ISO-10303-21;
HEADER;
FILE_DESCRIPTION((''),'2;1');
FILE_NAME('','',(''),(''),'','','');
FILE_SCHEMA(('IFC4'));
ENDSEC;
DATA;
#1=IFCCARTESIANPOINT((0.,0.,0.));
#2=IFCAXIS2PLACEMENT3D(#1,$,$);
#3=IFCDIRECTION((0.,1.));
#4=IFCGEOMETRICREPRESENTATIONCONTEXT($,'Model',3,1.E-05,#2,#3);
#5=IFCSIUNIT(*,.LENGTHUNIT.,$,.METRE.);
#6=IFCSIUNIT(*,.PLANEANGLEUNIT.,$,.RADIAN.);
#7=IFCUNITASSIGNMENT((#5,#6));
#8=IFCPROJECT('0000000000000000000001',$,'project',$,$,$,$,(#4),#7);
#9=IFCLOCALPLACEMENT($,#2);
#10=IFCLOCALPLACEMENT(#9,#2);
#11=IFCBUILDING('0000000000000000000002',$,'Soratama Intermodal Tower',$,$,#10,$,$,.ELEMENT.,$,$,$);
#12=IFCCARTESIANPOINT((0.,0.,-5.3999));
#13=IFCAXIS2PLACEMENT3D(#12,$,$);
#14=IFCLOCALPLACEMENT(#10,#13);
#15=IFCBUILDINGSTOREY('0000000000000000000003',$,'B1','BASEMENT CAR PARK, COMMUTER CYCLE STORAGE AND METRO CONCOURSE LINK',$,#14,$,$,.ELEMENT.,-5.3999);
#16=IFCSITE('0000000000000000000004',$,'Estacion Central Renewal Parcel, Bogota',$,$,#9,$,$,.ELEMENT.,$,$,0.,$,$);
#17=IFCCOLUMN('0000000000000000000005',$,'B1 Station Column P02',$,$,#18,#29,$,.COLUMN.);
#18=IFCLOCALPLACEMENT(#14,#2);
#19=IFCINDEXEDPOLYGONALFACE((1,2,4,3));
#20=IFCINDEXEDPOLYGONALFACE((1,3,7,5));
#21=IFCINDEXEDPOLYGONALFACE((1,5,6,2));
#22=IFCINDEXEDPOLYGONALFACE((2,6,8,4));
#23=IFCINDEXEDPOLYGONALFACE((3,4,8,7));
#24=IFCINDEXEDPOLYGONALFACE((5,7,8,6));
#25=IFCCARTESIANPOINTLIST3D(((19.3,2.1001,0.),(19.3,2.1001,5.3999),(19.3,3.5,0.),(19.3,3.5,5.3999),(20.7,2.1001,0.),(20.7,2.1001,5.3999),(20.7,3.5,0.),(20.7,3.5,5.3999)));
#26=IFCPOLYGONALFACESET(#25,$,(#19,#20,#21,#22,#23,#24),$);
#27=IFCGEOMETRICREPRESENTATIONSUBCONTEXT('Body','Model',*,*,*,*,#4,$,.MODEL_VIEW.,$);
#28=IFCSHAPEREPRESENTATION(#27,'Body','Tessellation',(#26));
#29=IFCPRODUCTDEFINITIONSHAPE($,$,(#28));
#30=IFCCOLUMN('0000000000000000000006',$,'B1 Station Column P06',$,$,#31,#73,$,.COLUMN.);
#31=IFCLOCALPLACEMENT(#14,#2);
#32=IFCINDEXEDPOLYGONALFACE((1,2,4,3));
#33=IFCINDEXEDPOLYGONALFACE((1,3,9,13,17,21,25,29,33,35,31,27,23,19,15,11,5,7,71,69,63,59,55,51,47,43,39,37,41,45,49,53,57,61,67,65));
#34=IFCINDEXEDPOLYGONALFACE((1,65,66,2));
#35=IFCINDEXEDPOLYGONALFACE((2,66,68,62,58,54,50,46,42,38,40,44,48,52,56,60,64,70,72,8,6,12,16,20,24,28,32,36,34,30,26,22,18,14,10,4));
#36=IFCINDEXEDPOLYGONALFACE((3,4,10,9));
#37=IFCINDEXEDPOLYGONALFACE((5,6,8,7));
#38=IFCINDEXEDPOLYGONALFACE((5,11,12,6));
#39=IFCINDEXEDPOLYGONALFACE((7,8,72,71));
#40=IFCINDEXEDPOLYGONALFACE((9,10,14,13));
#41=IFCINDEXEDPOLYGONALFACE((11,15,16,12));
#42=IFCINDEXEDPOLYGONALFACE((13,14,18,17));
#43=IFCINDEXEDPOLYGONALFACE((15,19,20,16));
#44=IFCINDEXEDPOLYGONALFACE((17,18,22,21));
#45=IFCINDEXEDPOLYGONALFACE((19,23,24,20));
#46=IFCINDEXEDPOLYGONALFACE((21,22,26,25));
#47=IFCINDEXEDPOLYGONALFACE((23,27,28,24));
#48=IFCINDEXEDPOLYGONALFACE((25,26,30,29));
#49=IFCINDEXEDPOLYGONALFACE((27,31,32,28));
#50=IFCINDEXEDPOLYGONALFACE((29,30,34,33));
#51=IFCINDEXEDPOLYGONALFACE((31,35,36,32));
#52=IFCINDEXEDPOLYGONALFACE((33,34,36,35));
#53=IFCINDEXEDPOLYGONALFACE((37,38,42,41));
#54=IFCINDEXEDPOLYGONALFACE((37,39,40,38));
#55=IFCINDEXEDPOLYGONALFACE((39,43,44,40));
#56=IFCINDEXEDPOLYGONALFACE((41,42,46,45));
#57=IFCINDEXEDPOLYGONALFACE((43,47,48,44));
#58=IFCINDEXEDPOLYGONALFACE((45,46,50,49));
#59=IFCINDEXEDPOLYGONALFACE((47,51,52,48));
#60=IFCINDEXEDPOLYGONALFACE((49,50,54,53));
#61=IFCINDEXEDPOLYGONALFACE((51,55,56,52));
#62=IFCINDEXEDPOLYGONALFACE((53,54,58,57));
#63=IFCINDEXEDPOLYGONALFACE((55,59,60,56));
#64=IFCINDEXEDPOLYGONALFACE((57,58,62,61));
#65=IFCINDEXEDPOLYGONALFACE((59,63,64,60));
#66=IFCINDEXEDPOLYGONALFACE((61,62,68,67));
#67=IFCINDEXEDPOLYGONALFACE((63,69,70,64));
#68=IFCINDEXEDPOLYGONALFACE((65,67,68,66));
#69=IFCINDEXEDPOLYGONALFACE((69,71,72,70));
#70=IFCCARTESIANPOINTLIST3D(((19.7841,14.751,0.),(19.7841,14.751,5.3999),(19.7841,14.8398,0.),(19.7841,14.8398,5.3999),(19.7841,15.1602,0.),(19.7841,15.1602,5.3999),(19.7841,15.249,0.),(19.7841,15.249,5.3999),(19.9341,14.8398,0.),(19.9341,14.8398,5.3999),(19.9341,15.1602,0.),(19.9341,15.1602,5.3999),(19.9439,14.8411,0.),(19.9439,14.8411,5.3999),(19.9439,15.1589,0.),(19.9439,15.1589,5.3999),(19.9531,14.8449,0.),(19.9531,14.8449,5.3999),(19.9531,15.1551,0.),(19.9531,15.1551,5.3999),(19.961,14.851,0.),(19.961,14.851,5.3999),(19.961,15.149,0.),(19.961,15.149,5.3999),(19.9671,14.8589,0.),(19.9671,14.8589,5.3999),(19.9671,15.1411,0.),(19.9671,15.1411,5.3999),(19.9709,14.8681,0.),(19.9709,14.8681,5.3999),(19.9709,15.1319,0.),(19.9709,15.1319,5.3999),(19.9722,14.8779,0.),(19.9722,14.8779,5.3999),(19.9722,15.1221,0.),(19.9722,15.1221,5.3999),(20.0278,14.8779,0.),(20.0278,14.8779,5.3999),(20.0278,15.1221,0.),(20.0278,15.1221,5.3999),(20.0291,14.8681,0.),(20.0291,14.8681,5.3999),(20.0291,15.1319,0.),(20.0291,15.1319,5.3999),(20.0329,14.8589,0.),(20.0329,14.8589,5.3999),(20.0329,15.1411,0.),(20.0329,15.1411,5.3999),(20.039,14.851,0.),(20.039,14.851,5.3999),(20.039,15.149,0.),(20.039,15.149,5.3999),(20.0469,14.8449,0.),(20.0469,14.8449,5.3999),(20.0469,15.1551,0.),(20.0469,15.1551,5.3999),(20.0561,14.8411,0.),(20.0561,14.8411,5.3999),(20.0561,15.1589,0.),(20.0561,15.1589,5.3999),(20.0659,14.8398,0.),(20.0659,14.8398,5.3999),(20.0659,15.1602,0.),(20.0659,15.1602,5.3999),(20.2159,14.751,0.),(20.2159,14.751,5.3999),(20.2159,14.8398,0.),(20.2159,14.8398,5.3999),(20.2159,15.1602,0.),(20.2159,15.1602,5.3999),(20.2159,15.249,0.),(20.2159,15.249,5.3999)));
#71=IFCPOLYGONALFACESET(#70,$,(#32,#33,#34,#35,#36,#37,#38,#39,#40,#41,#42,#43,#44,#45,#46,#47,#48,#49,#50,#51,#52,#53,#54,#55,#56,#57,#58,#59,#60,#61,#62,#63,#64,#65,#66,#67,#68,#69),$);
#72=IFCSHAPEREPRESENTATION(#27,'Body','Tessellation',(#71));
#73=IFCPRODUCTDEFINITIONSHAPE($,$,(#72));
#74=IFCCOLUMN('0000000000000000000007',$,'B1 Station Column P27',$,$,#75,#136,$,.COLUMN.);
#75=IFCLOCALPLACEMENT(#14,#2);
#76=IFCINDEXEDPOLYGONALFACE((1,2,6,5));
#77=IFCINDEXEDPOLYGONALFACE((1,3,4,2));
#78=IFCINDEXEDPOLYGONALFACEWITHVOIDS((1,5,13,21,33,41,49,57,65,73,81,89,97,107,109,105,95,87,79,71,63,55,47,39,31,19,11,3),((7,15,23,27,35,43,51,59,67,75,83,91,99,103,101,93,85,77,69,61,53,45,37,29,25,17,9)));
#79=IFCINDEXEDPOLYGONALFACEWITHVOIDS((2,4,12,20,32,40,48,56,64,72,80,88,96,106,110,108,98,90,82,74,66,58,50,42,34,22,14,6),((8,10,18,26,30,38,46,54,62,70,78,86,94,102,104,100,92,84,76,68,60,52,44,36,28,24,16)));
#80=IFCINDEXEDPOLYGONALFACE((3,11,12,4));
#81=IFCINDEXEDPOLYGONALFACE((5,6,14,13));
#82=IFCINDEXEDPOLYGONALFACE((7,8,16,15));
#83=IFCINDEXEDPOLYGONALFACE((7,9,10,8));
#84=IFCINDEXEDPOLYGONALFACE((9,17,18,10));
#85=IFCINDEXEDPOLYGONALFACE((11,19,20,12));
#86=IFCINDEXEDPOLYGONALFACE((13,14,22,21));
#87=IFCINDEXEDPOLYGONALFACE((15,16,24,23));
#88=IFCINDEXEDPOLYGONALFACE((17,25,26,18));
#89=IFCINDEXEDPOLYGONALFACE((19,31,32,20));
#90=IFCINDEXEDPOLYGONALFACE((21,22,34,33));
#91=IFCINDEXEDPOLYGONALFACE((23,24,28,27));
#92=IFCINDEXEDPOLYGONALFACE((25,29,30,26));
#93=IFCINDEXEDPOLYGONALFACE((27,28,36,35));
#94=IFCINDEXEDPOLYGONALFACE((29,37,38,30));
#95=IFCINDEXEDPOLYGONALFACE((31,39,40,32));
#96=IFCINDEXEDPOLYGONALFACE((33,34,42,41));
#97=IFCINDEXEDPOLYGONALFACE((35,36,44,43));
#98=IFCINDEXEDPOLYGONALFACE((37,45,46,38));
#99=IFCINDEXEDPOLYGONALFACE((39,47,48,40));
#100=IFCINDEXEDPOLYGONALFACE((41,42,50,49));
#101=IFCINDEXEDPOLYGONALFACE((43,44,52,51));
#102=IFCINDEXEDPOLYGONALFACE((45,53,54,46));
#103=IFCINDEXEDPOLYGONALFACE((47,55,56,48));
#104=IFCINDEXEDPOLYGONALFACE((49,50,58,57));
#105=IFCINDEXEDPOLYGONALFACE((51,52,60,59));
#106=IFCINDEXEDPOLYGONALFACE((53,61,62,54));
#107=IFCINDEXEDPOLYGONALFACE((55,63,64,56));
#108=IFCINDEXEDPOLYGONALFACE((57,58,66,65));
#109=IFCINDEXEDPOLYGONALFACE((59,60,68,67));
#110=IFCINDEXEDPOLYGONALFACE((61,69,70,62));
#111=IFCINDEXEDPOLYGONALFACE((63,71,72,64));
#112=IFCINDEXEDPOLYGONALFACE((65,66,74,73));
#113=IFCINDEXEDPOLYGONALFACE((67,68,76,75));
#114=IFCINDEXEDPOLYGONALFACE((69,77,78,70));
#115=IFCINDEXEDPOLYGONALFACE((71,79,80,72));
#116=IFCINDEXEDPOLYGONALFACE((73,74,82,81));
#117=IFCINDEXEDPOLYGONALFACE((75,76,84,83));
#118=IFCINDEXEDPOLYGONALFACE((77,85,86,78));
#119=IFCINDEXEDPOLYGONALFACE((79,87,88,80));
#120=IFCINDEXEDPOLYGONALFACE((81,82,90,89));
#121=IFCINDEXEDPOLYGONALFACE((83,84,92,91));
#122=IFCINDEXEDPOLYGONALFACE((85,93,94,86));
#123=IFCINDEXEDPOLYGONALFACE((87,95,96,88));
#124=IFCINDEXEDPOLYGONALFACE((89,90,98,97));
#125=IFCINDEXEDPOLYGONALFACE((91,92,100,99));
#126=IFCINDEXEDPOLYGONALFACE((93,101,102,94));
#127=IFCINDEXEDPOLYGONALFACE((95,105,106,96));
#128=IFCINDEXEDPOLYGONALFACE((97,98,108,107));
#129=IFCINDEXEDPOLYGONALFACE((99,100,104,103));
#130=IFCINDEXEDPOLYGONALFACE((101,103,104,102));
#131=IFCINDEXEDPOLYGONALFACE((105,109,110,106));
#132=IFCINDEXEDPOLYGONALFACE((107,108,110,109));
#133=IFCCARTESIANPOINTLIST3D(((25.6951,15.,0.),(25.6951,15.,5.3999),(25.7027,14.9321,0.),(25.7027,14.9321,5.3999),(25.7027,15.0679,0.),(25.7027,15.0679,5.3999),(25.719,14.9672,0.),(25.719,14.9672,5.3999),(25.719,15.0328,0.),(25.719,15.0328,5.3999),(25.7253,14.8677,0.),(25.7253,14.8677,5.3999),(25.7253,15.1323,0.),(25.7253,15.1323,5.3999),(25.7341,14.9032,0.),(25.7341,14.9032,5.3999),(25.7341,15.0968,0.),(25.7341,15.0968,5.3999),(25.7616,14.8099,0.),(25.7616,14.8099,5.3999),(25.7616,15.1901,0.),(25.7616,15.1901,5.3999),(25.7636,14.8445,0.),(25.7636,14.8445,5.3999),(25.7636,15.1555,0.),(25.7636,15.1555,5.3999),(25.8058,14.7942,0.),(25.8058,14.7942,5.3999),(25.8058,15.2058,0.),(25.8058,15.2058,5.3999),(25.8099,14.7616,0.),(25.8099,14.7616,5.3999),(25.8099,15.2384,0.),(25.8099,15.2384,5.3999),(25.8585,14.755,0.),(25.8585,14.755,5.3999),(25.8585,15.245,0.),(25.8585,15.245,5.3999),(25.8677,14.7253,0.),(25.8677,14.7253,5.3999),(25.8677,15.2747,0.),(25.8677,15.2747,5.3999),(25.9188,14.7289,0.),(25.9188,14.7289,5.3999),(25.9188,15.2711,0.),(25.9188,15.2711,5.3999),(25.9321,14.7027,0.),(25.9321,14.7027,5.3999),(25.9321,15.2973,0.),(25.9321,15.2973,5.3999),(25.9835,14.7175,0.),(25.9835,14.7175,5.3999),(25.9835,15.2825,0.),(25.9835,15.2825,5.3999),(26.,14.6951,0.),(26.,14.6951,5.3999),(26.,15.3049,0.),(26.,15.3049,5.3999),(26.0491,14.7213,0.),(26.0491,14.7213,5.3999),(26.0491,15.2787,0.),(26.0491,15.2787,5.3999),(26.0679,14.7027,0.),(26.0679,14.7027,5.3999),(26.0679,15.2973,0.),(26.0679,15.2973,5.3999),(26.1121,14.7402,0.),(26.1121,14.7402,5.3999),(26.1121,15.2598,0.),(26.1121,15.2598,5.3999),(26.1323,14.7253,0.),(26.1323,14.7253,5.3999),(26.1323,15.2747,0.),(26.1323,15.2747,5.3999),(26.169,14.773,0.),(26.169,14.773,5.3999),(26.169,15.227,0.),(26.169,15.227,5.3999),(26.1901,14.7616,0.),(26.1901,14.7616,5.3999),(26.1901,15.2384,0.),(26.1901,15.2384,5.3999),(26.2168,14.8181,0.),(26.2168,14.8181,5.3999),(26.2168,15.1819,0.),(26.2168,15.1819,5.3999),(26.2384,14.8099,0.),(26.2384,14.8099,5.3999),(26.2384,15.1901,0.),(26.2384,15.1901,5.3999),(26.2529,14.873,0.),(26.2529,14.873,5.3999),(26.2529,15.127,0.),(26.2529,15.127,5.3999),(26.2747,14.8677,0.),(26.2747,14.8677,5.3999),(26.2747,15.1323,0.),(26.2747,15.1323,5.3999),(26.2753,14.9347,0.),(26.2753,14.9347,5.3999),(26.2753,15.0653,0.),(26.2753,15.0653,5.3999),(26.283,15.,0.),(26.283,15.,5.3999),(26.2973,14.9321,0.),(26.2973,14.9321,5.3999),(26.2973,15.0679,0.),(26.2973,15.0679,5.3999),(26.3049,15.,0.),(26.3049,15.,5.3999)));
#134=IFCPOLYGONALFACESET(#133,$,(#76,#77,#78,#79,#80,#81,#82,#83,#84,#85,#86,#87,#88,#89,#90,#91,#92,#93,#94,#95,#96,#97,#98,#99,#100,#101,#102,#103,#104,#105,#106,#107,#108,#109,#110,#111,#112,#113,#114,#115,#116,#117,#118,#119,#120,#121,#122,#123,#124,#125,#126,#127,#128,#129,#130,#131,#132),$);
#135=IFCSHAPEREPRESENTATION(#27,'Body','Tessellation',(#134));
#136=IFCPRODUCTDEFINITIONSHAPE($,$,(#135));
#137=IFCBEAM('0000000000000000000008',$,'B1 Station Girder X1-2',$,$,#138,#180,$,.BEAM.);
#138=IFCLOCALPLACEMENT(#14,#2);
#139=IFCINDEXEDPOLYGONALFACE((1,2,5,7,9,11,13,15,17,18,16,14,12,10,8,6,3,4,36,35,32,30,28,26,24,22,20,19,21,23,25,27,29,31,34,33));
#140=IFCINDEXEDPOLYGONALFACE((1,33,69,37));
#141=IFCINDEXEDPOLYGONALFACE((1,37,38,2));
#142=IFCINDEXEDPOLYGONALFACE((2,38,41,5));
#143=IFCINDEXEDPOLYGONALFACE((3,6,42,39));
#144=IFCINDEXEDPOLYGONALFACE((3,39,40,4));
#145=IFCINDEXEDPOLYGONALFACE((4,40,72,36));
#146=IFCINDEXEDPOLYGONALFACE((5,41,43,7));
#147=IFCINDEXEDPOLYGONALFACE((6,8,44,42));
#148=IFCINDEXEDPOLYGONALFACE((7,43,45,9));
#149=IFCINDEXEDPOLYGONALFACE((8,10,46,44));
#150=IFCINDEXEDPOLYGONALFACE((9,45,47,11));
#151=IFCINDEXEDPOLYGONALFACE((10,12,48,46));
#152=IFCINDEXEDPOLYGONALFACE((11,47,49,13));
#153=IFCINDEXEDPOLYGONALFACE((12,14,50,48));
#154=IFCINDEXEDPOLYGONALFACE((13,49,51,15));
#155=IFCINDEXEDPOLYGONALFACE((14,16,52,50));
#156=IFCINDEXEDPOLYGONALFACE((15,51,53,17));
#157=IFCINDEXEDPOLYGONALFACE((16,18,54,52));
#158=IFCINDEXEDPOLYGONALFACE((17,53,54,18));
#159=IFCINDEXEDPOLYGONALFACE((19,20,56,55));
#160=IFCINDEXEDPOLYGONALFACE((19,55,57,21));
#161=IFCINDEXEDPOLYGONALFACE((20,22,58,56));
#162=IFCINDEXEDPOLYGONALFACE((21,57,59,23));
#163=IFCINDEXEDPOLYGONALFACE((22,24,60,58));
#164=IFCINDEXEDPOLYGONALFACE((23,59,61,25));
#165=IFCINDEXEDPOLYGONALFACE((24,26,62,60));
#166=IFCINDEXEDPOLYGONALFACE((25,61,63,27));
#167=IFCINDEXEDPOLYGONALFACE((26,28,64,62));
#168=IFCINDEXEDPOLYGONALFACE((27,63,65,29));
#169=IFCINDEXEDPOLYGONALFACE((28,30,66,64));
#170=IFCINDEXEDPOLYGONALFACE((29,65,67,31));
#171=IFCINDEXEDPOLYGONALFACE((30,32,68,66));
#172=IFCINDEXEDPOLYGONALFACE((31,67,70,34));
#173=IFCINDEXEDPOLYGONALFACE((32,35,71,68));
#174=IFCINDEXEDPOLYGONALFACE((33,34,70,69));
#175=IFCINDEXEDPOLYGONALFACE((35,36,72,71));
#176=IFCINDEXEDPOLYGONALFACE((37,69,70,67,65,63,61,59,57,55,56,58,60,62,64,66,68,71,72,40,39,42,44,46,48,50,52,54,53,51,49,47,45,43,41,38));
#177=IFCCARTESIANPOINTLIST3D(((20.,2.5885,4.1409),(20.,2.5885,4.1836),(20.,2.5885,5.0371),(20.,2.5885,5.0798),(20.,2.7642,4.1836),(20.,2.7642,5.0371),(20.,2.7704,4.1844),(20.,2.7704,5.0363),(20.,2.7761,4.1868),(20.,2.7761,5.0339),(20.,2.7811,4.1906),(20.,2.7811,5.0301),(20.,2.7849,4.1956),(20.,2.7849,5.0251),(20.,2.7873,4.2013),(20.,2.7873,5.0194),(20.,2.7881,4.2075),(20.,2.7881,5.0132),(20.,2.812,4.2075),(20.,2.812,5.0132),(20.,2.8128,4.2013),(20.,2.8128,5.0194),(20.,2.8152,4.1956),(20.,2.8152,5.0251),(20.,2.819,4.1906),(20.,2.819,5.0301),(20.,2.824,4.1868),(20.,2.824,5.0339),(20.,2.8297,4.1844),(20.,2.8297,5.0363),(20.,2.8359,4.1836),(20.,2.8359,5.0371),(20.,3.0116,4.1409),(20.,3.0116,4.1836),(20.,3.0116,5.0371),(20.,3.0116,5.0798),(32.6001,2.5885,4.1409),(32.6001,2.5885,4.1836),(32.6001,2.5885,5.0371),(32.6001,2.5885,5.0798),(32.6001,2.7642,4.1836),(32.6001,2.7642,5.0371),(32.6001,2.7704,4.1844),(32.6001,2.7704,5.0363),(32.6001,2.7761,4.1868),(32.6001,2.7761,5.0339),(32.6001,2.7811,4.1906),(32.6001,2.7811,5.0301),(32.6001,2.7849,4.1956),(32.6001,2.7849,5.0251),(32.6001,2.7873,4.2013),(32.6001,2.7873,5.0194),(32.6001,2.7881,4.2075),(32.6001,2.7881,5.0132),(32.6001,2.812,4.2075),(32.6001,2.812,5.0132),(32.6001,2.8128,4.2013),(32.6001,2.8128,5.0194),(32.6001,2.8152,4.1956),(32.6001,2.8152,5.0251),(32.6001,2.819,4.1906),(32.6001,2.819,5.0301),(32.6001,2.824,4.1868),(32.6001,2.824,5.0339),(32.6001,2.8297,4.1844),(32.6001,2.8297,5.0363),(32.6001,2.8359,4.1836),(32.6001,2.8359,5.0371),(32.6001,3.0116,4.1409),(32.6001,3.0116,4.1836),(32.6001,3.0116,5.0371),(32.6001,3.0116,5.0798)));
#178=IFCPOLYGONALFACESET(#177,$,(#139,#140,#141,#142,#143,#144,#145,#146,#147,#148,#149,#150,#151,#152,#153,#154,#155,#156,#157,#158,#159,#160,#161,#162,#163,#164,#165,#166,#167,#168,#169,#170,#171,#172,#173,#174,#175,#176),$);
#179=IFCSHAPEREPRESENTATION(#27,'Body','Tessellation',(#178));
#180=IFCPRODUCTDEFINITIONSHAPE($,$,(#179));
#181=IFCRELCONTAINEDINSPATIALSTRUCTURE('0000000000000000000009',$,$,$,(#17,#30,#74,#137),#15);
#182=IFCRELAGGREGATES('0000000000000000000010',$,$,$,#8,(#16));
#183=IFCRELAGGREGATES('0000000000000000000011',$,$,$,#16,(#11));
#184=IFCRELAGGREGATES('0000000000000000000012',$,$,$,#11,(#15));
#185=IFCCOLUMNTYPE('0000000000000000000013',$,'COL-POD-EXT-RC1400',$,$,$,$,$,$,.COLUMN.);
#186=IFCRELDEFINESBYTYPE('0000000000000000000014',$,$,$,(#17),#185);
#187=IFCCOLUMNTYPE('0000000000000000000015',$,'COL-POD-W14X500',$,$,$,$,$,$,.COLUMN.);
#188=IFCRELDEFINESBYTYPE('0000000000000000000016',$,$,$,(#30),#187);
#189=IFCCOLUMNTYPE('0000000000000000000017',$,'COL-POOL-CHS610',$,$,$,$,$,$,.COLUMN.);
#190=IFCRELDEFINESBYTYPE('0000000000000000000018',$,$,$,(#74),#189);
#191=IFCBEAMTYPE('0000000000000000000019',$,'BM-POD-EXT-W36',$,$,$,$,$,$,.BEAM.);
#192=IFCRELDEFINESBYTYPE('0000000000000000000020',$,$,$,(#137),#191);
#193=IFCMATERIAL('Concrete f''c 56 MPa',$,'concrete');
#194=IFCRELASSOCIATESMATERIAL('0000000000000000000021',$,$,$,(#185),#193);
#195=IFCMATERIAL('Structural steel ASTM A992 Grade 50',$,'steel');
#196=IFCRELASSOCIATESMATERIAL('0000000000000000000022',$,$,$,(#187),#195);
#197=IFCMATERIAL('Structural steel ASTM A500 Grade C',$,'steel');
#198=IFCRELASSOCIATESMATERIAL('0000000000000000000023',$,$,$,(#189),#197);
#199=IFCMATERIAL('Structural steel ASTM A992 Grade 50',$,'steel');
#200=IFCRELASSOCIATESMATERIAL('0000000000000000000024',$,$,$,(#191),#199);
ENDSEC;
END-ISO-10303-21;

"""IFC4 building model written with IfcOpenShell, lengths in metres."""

from ifc_helpers import new_model, si_unit, direction, frame, origin, origin_2d, place, context, subcontext, project, spatial, rectangle, hollow_circle, i_section, extrude, material, material_profile, profile_set, type_object, element, save


model = new_model("IFC4")

# Units and contexts
model_context = context("Model", 3, precision=1e-05, world=origin(), true_north=direction((0.0, 1.0)))
body_context = subcontext(model_context, "Body", "Model", "MODEL_VIEW")
ifc_project = project(units=[si_unit("LENGTHUNIT", "METRE"), si_unit("PLANEANGLEUNIT", "RADIAN")], contexts=[model_context])

# Site, building, storey
site_placement = place(None, origin())
site = spatial("IfcSite", under=ifc_project, at=site_placement, Name="Estacion Central Renewal Parcel, Bogota", CompositionType="ELEMENT", RefElevation=0.0)
building_placement = place(site_placement, origin())
building = spatial("IfcBuilding", under=site, at=building_placement, Name="Soratama Intermodal Tower", CompositionType="ELEMENT")
storey_placement = place(building_placement, frame((0.0, 0.0, -5.3999)))
storey = spatial("IfcBuildingStorey", under=building, at=storey_placement, Name="B1", Description="BASEMENT CAR PARK, COMMUTER CYCLE STORAGE AND METRO CONCOURSE LINK", CompositionType="ELEMENT", Elevation=-5.3999)

# Columns
ifc_material_1 = material(Name="Concrete f'c 56 MPa", Category="concrete")
ifc_material_profile_1 = material_profile(ifc_material_1, rectangle(XDim=1.3999, YDim=1.3999, at=origin_2d()), Name="RC1400X1400")
ifc_profile_set_1 = profile_set([ifc_material_profile_1], Name="Concrete f'c 56 MPa")
column_type_1 = type_object("IfcColumnType", Name="COL-POD-EXT-RC1400", PredefinedType="COLUMN", material=ifc_profile_set_1)
column_1_placement = place(storey_placement, frame((20.0, 2.8, 0.0), z_axis=(0.0, 0.0, 1.0), x_axis=(1.0, 0.0, 0.0)))
element("IfcColumn", 1, at=column_1_placement, inside=storey, type_object=column_type_1, Name="B1 Station Column P02", PredefinedType="COLUMN", context=body_context, shape_type="SweptSolid", body=[
    extrude(rectangle(XDim=1.3999, YDim=1.3999, at=origin_2d()), origin(), (0.0, 0.0, 1.0), 5.3999),
])
ifc_material_2 = material(Name="Structural steel ASTM A992 Grade 50", Category="steel")
ifc_material_profile_2 = material_profile(ifc_material_2, i_section(OverallWidth=0.4319, OverallDepth=0.498, WebThickness=0.0557, FlangeThickness=0.0889, FilletRadius=0.0381, at=origin_2d()), Name="W14X500")
ifc_profile_set_2 = profile_set([ifc_material_profile_2], Name="Structural steel ASTM A992 Grade 50")
column_type_2 = type_object("IfcColumnType", Name="COL-POD-W14X500", PredefinedType="COLUMN", material=ifc_profile_set_2)
column_2_placement = place(storey_placement, frame((20.0, 15.0, 0.0), z_axis=(0.0, 0.0, 1.0), x_axis=(1.0, 0.0, 0.0)))
element("IfcColumn", 2, at=column_2_placement, inside=storey, type_object=column_type_2, Name="B1 Station Column P06", PredefinedType="COLUMN", context=body_context, shape_type="SweptSolid", body=[
    extrude(i_section(OverallWidth=0.4319, OverallDepth=0.498, WebThickness=0.0557, FlangeThickness=0.0889, FilletRadius=0.0381, at=origin_2d()), origin(), (0.0, 0.0, 1.0), 5.3999),
])
ifc_material_3 = material(Name="Structural steel ASTM A500 Grade C", Category="steel")
ifc_material_profile_3 = material_profile(ifc_material_3, hollow_circle(Radius=0.3049, WallThickness=0.022, at=origin_2d()), Name="CHS610X22")
ifc_profile_set_3 = profile_set([ifc_material_profile_3], Name="Structural steel ASTM A500 Grade C")
column_type_3 = type_object("IfcColumnType", Name="COL-POOL-CHS610", PredefinedType="COLUMN", material=ifc_profile_set_3)
column_3_placement = place(storey_placement, frame((26.0, 15.0, 0.0), z_axis=(0.0, 0.0, 1.0), x_axis=(1.0, 0.0, 0.0)))
element("IfcColumn", 3, at=column_3_placement, inside=storey, type_object=column_type_3, Name="B1 Station Column P27", PredefinedType="COLUMN", context=body_context, shape_type="SweptSolid", body=[
    extrude(hollow_circle(Radius=0.3049, WallThickness=0.022, at=origin_2d()), origin(), (0.0, 0.0, 1.0), 5.3999),
])

# Beam
ifc_material_4 = material(Name="Structural steel ASTM A992 Grade 50", Category="steel")
ifc_material_profile_4 = material_profile(ifc_material_4, i_section(OverallWidth=0.4231, OverallDepth=0.939, WebThickness=0.0239, FlangeThickness=0.0427, FilletRadius=0.0239, at=origin_2d()), Name="W36X302")
ifc_profile_set_4 = profile_set([ifc_material_profile_4], Name="Structural steel ASTM A992 Grade 50")
beam_type_1 = type_object("IfcBeamType", Name="BM-POD-EXT-W36", PredefinedType="BEAM", material=ifc_profile_set_4)
beam_1_placement = place(storey_placement, frame((20.0, 2.8, 4.6104), z_axis=(1.0, 0.0, 0.0), x_axis=(0.0, 1.0, 0.0)))
element("IfcBeam", 4, at=beam_1_placement, inside=storey, type_object=beam_type_1, Name="B1 Station Girder X1-2", PredefinedType="BEAM", context=body_context, shape_type="SweptSolid", body=[
    extrude(i_section(OverallWidth=0.4231, OverallDepth=0.939, WebThickness=0.0239, FlangeThickness=0.0427, FilletRadius=0.0239, at=origin_2d()), origin(), (0.0, 0.0, 1.0), 12.6001),
])

save(model, "model.ifc")
